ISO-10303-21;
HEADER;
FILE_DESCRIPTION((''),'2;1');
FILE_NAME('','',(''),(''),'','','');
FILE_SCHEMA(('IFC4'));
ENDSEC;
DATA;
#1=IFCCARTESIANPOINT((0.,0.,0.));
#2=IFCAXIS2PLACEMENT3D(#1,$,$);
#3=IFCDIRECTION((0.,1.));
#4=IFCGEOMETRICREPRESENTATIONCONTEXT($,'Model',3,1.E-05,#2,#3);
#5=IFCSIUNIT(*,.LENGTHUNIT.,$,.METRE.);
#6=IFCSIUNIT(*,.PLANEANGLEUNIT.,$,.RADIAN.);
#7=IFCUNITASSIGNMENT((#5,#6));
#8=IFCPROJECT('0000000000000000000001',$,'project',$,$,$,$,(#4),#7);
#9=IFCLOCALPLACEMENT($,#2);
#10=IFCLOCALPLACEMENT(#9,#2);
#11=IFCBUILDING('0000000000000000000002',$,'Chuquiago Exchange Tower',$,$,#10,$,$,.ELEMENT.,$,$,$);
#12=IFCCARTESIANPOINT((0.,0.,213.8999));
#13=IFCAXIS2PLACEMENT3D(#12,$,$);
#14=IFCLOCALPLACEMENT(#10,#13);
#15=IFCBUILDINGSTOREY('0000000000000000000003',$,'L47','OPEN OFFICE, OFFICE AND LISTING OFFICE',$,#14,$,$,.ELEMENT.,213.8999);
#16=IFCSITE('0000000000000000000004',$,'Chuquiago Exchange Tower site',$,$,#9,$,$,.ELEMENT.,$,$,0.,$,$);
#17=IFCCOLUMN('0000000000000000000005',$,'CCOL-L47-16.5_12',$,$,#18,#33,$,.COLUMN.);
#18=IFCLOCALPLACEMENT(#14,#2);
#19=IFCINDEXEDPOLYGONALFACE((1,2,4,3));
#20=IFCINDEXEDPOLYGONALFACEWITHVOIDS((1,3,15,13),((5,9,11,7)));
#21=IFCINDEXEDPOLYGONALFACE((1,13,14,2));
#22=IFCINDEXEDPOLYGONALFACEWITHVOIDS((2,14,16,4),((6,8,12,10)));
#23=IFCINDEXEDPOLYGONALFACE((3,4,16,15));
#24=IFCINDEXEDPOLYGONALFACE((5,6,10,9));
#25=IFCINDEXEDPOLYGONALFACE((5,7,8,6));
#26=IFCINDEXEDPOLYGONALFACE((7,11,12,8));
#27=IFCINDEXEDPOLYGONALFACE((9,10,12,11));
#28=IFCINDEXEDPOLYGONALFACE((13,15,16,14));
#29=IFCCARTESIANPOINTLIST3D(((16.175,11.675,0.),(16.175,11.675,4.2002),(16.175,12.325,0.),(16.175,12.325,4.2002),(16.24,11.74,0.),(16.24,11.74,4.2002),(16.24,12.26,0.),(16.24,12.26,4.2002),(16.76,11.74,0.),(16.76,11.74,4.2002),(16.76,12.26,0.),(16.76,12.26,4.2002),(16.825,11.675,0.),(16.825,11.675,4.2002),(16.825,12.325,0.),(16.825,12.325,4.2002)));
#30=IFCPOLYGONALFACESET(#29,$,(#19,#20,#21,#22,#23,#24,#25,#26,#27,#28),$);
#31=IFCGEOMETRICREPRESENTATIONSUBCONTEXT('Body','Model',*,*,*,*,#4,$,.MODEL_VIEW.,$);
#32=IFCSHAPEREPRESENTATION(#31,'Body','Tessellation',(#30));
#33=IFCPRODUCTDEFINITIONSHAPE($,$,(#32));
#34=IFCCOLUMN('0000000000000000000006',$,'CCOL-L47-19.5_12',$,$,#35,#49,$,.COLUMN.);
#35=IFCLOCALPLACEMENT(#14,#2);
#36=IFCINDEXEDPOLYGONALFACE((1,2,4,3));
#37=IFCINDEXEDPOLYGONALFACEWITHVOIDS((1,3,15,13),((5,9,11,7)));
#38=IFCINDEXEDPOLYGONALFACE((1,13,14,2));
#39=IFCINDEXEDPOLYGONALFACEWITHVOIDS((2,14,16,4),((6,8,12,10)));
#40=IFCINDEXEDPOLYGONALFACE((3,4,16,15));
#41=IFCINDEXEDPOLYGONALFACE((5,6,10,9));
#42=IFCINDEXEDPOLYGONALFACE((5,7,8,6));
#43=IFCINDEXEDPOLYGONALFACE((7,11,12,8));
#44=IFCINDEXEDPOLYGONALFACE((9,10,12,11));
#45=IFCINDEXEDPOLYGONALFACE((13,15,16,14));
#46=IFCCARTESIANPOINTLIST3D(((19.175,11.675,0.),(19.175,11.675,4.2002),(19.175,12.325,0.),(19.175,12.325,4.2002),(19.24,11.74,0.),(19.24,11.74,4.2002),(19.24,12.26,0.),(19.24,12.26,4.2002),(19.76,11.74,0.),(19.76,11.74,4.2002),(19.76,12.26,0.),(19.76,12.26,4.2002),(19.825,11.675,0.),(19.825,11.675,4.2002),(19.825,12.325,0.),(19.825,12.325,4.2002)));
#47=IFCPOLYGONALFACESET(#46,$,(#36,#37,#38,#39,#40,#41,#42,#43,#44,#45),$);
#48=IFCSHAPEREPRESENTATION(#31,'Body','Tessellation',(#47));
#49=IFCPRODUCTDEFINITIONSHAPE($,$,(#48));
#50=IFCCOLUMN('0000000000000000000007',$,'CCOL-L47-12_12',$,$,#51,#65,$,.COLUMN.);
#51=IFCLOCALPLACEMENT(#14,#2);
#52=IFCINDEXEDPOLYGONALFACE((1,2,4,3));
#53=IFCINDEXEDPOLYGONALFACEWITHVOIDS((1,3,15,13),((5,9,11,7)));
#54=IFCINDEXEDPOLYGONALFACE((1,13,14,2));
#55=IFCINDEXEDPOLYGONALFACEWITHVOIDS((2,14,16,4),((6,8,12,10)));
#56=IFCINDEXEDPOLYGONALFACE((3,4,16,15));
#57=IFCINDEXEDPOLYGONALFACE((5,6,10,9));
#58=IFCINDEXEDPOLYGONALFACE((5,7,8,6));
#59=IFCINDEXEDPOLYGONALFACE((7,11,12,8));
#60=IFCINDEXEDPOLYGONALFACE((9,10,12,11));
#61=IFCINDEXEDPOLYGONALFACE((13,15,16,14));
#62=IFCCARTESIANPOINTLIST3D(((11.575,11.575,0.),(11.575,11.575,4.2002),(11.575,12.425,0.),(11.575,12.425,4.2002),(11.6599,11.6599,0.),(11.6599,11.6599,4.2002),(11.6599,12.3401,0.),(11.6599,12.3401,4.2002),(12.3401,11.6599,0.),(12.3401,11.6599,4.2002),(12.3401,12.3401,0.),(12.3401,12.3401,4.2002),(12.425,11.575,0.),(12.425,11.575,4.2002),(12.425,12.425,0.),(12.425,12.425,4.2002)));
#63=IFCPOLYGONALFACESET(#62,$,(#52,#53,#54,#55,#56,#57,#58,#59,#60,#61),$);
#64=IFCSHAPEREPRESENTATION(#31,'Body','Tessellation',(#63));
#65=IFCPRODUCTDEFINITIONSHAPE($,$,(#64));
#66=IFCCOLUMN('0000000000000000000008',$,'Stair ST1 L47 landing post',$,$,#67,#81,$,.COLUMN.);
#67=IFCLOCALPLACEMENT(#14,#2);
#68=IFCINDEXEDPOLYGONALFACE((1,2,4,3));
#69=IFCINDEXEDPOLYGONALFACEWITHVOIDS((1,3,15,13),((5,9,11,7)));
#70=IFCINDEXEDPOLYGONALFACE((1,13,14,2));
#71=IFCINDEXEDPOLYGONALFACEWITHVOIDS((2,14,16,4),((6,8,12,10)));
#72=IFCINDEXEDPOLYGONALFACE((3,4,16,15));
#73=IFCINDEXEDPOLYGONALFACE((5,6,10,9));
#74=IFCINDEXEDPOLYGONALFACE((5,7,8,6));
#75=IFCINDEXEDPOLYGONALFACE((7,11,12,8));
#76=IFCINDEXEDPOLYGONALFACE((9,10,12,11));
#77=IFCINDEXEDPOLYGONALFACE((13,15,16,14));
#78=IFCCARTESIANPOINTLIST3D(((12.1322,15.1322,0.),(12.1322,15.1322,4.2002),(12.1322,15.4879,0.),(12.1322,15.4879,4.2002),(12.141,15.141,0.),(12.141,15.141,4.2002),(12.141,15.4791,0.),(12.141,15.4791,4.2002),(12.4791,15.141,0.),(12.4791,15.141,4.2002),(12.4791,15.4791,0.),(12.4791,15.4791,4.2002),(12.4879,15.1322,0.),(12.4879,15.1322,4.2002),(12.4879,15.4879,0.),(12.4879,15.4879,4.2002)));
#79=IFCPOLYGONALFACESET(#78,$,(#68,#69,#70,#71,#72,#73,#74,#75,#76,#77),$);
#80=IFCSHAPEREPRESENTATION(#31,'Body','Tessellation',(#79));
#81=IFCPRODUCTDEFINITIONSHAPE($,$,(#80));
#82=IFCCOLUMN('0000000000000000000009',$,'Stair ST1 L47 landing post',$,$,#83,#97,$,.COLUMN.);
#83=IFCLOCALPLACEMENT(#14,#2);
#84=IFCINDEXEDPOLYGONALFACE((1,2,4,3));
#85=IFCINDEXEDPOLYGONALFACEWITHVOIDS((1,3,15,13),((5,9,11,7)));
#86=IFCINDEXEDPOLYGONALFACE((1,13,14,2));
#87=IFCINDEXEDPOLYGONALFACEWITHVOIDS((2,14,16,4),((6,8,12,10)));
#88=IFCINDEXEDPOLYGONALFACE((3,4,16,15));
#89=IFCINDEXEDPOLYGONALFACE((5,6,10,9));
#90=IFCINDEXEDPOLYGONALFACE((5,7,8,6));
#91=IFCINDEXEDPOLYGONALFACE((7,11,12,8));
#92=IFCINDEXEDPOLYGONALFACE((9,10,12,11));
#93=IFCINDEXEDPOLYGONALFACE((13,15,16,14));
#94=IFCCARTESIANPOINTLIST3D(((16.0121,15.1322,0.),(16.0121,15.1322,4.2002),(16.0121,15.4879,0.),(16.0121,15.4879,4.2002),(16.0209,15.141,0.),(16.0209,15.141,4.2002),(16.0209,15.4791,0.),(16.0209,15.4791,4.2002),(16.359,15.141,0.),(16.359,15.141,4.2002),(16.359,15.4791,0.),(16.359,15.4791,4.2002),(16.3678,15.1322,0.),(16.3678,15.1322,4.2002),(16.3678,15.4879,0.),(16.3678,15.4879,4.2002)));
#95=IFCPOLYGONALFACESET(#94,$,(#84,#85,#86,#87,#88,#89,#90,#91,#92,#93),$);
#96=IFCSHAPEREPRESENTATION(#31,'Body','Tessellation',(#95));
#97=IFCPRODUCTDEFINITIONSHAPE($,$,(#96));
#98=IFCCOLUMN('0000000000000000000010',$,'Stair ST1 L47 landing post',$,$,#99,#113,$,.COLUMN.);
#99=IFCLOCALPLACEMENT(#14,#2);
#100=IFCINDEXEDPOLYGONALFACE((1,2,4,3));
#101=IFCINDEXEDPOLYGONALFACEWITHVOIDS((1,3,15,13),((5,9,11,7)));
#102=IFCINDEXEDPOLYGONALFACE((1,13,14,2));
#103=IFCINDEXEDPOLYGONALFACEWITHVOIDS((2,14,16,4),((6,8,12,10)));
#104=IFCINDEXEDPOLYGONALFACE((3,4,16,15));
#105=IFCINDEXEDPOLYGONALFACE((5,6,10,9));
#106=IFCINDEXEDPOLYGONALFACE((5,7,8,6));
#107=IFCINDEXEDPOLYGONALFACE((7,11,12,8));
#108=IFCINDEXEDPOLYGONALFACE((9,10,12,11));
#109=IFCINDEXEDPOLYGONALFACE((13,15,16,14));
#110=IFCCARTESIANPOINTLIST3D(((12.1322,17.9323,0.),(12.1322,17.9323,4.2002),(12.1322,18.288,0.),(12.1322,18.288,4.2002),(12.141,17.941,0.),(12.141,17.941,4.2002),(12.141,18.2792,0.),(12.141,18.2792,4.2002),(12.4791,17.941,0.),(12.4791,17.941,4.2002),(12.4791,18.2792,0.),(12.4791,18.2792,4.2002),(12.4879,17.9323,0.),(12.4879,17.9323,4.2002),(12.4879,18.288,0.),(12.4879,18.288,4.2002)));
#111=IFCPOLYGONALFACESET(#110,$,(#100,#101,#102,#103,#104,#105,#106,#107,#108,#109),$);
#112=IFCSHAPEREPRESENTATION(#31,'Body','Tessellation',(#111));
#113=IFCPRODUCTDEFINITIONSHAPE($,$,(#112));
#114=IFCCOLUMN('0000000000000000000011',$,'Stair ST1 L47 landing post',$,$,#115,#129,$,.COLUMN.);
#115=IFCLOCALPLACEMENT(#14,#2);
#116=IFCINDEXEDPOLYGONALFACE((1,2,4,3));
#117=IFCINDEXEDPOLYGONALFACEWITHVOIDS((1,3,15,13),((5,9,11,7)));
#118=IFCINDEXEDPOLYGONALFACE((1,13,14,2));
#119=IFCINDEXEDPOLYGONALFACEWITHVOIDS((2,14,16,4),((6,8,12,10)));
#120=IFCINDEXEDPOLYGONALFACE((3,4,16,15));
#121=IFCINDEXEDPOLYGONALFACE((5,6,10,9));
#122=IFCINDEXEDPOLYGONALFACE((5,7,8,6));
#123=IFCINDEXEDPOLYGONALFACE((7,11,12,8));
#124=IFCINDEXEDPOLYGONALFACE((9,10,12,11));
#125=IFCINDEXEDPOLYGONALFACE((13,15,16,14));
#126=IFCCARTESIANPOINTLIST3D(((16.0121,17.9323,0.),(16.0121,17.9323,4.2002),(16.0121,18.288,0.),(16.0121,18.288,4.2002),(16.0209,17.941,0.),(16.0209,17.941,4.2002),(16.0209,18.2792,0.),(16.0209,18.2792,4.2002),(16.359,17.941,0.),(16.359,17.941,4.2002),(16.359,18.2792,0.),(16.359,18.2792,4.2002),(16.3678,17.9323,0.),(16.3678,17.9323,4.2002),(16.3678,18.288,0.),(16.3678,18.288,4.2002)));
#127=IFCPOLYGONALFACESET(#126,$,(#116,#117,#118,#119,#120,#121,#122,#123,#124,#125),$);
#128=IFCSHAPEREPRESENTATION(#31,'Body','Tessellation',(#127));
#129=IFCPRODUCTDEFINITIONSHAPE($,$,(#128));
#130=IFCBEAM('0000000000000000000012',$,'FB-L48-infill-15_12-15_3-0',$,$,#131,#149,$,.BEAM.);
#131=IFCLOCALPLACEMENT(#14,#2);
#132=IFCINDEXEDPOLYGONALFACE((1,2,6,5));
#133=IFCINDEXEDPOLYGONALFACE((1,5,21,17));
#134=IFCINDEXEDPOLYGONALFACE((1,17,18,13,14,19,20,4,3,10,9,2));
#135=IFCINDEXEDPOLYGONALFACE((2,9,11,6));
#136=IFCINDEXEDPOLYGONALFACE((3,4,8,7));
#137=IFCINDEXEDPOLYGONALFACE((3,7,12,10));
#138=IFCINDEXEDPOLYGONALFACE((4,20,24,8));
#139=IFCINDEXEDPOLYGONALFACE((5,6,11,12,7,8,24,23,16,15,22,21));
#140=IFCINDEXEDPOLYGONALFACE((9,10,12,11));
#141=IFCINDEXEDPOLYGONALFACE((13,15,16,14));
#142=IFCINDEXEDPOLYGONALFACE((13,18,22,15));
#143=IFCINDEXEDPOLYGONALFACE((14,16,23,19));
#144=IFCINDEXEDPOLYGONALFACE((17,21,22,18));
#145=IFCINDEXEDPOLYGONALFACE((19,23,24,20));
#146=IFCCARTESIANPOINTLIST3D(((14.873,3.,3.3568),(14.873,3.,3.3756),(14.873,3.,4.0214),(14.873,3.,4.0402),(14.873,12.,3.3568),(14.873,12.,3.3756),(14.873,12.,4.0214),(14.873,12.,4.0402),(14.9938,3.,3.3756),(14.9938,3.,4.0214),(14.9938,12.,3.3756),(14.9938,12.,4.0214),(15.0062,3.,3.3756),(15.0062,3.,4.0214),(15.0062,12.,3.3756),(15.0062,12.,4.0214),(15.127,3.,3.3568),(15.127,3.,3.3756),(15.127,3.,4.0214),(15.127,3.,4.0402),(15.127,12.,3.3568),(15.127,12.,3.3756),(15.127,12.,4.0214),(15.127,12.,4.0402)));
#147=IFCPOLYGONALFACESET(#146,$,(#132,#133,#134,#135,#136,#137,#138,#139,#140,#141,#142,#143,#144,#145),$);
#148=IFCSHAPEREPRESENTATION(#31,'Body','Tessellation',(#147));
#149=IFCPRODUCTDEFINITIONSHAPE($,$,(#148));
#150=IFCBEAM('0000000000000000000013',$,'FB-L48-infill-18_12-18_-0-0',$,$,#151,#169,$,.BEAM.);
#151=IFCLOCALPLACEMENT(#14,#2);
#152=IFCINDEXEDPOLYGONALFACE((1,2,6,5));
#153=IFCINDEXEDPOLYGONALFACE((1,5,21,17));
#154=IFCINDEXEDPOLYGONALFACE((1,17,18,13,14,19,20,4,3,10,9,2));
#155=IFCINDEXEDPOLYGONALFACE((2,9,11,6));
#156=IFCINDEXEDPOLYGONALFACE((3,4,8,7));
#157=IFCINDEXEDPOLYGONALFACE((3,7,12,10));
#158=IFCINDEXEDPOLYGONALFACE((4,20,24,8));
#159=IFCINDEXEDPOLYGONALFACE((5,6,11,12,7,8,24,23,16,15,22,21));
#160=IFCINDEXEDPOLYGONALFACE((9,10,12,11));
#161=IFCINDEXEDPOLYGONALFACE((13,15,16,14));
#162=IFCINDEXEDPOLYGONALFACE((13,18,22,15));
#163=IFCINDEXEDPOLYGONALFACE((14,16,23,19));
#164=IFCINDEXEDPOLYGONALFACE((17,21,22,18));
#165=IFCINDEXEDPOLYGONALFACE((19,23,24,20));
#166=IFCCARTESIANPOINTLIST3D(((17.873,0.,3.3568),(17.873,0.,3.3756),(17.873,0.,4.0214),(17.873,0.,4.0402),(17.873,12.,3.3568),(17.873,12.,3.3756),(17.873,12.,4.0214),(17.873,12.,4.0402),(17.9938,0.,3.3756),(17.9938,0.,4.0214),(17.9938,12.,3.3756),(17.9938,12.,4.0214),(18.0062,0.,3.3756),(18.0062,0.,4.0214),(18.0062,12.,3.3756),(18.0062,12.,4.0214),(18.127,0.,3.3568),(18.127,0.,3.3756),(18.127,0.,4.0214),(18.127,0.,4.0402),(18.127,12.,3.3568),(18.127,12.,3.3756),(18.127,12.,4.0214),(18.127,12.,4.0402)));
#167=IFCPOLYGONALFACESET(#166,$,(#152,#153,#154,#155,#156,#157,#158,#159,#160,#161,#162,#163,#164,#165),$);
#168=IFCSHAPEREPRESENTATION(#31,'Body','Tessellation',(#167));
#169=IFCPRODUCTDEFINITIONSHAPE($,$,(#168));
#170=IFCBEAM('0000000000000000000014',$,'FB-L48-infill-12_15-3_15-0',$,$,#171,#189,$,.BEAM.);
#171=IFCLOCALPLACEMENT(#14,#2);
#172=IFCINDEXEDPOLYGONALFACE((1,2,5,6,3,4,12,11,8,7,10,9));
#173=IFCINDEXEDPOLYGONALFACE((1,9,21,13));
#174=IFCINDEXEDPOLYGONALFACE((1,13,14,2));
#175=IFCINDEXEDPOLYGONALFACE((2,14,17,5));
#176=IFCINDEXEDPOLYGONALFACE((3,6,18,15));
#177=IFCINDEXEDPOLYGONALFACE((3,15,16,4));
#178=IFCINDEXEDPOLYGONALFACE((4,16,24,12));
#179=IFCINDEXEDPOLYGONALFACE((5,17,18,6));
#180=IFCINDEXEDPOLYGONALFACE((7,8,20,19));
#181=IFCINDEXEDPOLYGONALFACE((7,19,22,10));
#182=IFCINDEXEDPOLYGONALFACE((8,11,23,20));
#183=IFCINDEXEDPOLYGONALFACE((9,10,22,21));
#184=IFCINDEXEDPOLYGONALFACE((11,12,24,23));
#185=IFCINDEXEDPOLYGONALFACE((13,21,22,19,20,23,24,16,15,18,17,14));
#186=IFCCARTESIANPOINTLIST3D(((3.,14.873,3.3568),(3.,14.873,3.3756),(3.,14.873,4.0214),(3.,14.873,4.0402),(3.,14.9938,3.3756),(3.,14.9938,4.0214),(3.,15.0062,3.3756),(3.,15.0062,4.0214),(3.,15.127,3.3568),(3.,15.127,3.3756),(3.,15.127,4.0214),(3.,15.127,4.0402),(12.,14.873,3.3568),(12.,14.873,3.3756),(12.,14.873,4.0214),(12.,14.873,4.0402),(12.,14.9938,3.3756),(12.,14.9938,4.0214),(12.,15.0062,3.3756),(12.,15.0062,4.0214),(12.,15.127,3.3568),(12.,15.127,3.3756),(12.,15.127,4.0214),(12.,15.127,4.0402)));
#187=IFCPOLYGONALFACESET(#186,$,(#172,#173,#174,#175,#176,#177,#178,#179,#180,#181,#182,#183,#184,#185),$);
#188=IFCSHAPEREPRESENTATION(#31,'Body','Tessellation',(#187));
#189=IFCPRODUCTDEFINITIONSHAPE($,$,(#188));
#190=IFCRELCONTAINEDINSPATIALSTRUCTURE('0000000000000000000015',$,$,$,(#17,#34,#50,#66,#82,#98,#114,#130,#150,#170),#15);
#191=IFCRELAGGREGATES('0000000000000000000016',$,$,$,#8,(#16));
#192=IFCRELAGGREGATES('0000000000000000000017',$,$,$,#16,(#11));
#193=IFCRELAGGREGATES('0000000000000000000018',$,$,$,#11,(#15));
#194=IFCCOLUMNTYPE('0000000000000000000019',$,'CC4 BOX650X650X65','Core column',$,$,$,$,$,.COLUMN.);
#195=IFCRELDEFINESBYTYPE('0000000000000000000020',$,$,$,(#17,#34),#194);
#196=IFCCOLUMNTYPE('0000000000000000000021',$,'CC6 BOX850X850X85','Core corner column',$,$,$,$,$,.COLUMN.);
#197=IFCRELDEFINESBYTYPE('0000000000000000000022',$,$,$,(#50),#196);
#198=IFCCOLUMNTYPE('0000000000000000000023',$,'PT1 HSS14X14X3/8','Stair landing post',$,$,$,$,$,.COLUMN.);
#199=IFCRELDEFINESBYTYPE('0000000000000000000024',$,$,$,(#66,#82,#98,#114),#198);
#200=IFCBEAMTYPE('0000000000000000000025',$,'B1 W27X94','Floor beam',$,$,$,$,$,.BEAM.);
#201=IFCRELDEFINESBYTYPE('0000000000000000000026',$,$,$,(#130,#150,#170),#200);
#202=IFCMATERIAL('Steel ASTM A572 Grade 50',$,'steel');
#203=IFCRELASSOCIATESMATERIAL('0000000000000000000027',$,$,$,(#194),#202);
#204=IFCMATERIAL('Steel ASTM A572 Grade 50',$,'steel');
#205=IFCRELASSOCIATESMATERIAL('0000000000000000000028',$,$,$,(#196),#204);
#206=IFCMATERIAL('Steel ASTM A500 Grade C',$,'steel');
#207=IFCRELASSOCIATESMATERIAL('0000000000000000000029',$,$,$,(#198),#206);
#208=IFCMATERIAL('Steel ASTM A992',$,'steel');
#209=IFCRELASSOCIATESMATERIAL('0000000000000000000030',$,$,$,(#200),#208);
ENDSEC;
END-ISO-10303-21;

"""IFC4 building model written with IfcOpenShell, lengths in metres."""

from ifc_helpers import new_model, si_unit, direction, frame, origin, origin_2d, place, context, subcontext, project, spatial, hollow_rectangle, i_section, extrude, material, material_profile, profile_set, type_object, element, save


model = new_model("IFC4")

# Units and contexts
model_context = context("Model", 3, precision=1e-05, world=origin(), true_north=direction((0.0, 1.0)))
body_context = subcontext(model_context, "Body", "Model", "MODEL_VIEW")
ifc_project = project(units=[si_unit("LENGTHUNIT", "METRE"), si_unit("PLANEANGLEUNIT", "RADIAN")], contexts=[model_context])

# Site, building, storey
site_placement = place(None, origin())
site = spatial("IfcSite", under=ifc_project, at=site_placement, Name="Chuquiago Exchange Tower site", CompositionType="ELEMENT", RefElevation=0.0)
building_placement = place(site_placement, origin())
building = spatial("IfcBuilding", under=site, at=building_placement, Name="Chuquiago Exchange Tower", CompositionType="ELEMENT")
storey_placement = place(building_placement, frame((0.0, 0.0, 213.8999)))
storey = spatial("IfcBuildingStorey", under=building, at=storey_placement, Name="L47", Description="OPEN OFFICE, OFFICE AND LISTING OFFICE", CompositionType="ELEMENT", Elevation=213.8999)

# Columns
ifc_material_1 = material(Name="Steel ASTM A572 Grade 50", Category="steel")
ifc_material_profile_1 = material_profile(ifc_material_1, hollow_rectangle(XDim=0.6499, YDim=0.6499, WallThickness=0.0649, at=origin_2d()), Name="BOX650X650X65")
ifc_profile_set_1 = profile_set([ifc_material_profile_1], Name="Steel ASTM A572 Grade 50")
column_type_1 = type_object("IfcColumnType", Name="CC4 BOX650X650X65", Description="Core column", PredefinedType="COLUMN", material=ifc_profile_set_1)
for number, where, z_axis, x_axis, name in (
    (1, (16.5, 12.0, 0.0), (0.0, 0.0, 1.0), (1.0, 0.0, 0.0), "CCOL-L47-16.5_12"),
    (2, (19.5, 12.0, 0.0), (0.0, 0.0, 1.0), (1.0, 0.0, 0.0), "CCOL-L47-19.5_12"),
):
    element("IfcColumn", number, at=place(storey_placement, frame(where, z_axis=z_axis, x_axis=x_axis)), inside=storey, type_object=column_type_1, Name=name, PredefinedType="COLUMN", context=body_context, shape_type="SweptSolid", body=[
        extrude(hollow_rectangle(XDim=0.6499, YDim=0.6499, WallThickness=0.0649, at=origin_2d()), origin(), (0.0, 0.0, 1.0), 4.2002),
    ])
ifc_material_2 = material(Name="Steel ASTM A572 Grade 50", Category="steel")
ifc_material_profile_2 = material_profile(ifc_material_2, hollow_rectangle(XDim=0.8501, YDim=0.8501, WallThickness=0.085, at=origin_2d()), Name="BOX850X850X85")
ifc_profile_set_2 = profile_set([ifc_material_profile_2], Name="Steel ASTM A572 Grade 50")
column_type_2 = type_object("IfcColumnType", Name="CC6 BOX850X850X85", Description="Core corner column", PredefinedType="COLUMN", material=ifc_profile_set_2)
column_placement = place(storey_placement, frame((12.0, 12.0, 0.0), z_axis=(0.0, 0.0, 1.0), x_axis=(1.0, 0.0, 0.0)))
element("IfcColumn", 3, at=column_placement, inside=storey, type_object=column_type_2, Name="CCOL-L47-12_12", PredefinedType="COLUMN", context=body_context, shape_type="SweptSolid", body=[
    extrude(hollow_rectangle(XDim=0.8501, YDim=0.8501, WallThickness=0.085, at=origin_2d()), origin(), (0.0, 0.0, 1.0), 4.2002),
])
ifc_material_3 = material(Name="Steel ASTM A500 Grade C", Category="steel")
ifc_material_profile_3 = material_profile(ifc_material_3, hollow_rectangle(XDim=0.3557, YDim=0.3557, WallThickness=0.0088, at=origin_2d()), Name="HSS14X14X3/8")
ifc_profile_set_3 = profile_set([ifc_material_profile_3], Name="Steel ASTM A500 Grade C")
column_type_3 = type_object("IfcColumnType", Name="PT1 HSS14X14X3/8", Description="Stair landing post", PredefinedType="COLUMN", material=ifc_profile_set_3)
for number, where, z_axis, x_axis, name in (
    (4, (12.3101, 15.3101, 0.0), (0.0, 0.0, 1.0), (1.0, 0.0, 0.0), "Stair ST1 L47 landing post"),
    (5, (16.1899, 15.3101, 0.0), (0.0, 0.0, 1.0), (1.0, 0.0, 0.0), "Stair ST1 L47 landing post"),
    (6, (12.3101, 18.1101, 0.0), (0.0, 0.0, 1.0), (1.0, 0.0, 0.0), "Stair ST1 L47 landing post"),
    (7, (16.1899, 18.1101, 0.0), (0.0, 0.0, 1.0), (1.0, 0.0, 0.0), "Stair ST1 L47 landing post"),
):
    element("IfcColumn", number, at=place(storey_placement, frame(where, z_axis=z_axis, x_axis=x_axis)), inside=storey, type_object=column_type_3, Name=name, PredefinedType="COLUMN", context=body_context, shape_type="SweptSolid", body=[
        extrude(hollow_rectangle(XDim=0.3557, YDim=0.3557, WallThickness=0.0088, at=origin_2d()), origin(), (0.0, 0.0, 1.0), 4.2002),
    ])

# Beams
ifc_material_4 = material(Name="Steel ASTM A992", Category="steel")
ifc_material_profile_4 = material_profile(ifc_material_4, i_section(OverallWidth=0.2539, OverallDepth=0.6833, WebThickness=0.0125, FlangeThickness=0.0188, at=origin_2d()), Name="W27X94")
ifc_profile_set_4 = profile_set([ifc_material_profile_4], Name="Steel ASTM A992")
beam_type_1 = type_object("IfcBeamType", Name="B1 W27X94", Description="Floor beam", PredefinedType="BEAM", material=ifc_profile_set_4)
beam_1_placement = place(storey_placement, frame((15.0, 12.0, 3.6985), z_axis=(0.0, -1.0, 0.0), x_axis=(1.0, 0.0, 0.0)))
element("IfcBeam", 8, at=beam_1_placement, inside=storey, type_object=beam_type_1, Name="FB-L48-infill-15_12-15_3-0", PredefinedType="BEAM", context=body_context, shape_type="SweptSolid", body=[
    extrude(i_section(OverallWidth=0.2539, OverallDepth=0.6833, WebThickness=0.0125, FlangeThickness=0.0188, at=origin_2d()), origin(), (0.0, 0.0, 1.0), 9.0),
])
beam_2_placement = place(storey_placement, frame((18.0, 12.0, 3.6985), z_axis=(0.0, -1.0, 0.0), x_axis=(1.0, 0.0, 0.0)))
element("IfcBeam", 9, at=beam_2_placement, inside=storey, type_object=beam_type_1, Name="FB-L48-infill-18_12-18_-0-0", PredefinedType="BEAM", context=body_context, shape_type="SweptSolid", body=[
    extrude(i_section(OverallWidth=0.2539, OverallDepth=0.6833, WebThickness=0.0125, FlangeThickness=0.0188, at=origin_2d()), origin(), (0.0, 0.0, 1.0), 12.0),
])
beam_3_placement = place(storey_placement, frame((12.0, 15.0, 3.6985), z_axis=(-1.0, 0.0, 0.0), x_axis=(0.0, -1.0, 0.0)))
element("IfcBeam", 10, at=beam_3_placement, inside=storey, type_object=beam_type_1, Name="FB-L48-infill-12_15-3_15-0", PredefinedType="BEAM", context=body_context, shape_type="SweptSolid", body=[
    extrude(i_section(OverallWidth=0.2539, OverallDepth=0.6833, WebThickness=0.0125, FlangeThickness=0.0188, at=origin_2d()), origin(), (0.0, 0.0, 1.0), 9.0),
])

save(model, "model.ifc")
